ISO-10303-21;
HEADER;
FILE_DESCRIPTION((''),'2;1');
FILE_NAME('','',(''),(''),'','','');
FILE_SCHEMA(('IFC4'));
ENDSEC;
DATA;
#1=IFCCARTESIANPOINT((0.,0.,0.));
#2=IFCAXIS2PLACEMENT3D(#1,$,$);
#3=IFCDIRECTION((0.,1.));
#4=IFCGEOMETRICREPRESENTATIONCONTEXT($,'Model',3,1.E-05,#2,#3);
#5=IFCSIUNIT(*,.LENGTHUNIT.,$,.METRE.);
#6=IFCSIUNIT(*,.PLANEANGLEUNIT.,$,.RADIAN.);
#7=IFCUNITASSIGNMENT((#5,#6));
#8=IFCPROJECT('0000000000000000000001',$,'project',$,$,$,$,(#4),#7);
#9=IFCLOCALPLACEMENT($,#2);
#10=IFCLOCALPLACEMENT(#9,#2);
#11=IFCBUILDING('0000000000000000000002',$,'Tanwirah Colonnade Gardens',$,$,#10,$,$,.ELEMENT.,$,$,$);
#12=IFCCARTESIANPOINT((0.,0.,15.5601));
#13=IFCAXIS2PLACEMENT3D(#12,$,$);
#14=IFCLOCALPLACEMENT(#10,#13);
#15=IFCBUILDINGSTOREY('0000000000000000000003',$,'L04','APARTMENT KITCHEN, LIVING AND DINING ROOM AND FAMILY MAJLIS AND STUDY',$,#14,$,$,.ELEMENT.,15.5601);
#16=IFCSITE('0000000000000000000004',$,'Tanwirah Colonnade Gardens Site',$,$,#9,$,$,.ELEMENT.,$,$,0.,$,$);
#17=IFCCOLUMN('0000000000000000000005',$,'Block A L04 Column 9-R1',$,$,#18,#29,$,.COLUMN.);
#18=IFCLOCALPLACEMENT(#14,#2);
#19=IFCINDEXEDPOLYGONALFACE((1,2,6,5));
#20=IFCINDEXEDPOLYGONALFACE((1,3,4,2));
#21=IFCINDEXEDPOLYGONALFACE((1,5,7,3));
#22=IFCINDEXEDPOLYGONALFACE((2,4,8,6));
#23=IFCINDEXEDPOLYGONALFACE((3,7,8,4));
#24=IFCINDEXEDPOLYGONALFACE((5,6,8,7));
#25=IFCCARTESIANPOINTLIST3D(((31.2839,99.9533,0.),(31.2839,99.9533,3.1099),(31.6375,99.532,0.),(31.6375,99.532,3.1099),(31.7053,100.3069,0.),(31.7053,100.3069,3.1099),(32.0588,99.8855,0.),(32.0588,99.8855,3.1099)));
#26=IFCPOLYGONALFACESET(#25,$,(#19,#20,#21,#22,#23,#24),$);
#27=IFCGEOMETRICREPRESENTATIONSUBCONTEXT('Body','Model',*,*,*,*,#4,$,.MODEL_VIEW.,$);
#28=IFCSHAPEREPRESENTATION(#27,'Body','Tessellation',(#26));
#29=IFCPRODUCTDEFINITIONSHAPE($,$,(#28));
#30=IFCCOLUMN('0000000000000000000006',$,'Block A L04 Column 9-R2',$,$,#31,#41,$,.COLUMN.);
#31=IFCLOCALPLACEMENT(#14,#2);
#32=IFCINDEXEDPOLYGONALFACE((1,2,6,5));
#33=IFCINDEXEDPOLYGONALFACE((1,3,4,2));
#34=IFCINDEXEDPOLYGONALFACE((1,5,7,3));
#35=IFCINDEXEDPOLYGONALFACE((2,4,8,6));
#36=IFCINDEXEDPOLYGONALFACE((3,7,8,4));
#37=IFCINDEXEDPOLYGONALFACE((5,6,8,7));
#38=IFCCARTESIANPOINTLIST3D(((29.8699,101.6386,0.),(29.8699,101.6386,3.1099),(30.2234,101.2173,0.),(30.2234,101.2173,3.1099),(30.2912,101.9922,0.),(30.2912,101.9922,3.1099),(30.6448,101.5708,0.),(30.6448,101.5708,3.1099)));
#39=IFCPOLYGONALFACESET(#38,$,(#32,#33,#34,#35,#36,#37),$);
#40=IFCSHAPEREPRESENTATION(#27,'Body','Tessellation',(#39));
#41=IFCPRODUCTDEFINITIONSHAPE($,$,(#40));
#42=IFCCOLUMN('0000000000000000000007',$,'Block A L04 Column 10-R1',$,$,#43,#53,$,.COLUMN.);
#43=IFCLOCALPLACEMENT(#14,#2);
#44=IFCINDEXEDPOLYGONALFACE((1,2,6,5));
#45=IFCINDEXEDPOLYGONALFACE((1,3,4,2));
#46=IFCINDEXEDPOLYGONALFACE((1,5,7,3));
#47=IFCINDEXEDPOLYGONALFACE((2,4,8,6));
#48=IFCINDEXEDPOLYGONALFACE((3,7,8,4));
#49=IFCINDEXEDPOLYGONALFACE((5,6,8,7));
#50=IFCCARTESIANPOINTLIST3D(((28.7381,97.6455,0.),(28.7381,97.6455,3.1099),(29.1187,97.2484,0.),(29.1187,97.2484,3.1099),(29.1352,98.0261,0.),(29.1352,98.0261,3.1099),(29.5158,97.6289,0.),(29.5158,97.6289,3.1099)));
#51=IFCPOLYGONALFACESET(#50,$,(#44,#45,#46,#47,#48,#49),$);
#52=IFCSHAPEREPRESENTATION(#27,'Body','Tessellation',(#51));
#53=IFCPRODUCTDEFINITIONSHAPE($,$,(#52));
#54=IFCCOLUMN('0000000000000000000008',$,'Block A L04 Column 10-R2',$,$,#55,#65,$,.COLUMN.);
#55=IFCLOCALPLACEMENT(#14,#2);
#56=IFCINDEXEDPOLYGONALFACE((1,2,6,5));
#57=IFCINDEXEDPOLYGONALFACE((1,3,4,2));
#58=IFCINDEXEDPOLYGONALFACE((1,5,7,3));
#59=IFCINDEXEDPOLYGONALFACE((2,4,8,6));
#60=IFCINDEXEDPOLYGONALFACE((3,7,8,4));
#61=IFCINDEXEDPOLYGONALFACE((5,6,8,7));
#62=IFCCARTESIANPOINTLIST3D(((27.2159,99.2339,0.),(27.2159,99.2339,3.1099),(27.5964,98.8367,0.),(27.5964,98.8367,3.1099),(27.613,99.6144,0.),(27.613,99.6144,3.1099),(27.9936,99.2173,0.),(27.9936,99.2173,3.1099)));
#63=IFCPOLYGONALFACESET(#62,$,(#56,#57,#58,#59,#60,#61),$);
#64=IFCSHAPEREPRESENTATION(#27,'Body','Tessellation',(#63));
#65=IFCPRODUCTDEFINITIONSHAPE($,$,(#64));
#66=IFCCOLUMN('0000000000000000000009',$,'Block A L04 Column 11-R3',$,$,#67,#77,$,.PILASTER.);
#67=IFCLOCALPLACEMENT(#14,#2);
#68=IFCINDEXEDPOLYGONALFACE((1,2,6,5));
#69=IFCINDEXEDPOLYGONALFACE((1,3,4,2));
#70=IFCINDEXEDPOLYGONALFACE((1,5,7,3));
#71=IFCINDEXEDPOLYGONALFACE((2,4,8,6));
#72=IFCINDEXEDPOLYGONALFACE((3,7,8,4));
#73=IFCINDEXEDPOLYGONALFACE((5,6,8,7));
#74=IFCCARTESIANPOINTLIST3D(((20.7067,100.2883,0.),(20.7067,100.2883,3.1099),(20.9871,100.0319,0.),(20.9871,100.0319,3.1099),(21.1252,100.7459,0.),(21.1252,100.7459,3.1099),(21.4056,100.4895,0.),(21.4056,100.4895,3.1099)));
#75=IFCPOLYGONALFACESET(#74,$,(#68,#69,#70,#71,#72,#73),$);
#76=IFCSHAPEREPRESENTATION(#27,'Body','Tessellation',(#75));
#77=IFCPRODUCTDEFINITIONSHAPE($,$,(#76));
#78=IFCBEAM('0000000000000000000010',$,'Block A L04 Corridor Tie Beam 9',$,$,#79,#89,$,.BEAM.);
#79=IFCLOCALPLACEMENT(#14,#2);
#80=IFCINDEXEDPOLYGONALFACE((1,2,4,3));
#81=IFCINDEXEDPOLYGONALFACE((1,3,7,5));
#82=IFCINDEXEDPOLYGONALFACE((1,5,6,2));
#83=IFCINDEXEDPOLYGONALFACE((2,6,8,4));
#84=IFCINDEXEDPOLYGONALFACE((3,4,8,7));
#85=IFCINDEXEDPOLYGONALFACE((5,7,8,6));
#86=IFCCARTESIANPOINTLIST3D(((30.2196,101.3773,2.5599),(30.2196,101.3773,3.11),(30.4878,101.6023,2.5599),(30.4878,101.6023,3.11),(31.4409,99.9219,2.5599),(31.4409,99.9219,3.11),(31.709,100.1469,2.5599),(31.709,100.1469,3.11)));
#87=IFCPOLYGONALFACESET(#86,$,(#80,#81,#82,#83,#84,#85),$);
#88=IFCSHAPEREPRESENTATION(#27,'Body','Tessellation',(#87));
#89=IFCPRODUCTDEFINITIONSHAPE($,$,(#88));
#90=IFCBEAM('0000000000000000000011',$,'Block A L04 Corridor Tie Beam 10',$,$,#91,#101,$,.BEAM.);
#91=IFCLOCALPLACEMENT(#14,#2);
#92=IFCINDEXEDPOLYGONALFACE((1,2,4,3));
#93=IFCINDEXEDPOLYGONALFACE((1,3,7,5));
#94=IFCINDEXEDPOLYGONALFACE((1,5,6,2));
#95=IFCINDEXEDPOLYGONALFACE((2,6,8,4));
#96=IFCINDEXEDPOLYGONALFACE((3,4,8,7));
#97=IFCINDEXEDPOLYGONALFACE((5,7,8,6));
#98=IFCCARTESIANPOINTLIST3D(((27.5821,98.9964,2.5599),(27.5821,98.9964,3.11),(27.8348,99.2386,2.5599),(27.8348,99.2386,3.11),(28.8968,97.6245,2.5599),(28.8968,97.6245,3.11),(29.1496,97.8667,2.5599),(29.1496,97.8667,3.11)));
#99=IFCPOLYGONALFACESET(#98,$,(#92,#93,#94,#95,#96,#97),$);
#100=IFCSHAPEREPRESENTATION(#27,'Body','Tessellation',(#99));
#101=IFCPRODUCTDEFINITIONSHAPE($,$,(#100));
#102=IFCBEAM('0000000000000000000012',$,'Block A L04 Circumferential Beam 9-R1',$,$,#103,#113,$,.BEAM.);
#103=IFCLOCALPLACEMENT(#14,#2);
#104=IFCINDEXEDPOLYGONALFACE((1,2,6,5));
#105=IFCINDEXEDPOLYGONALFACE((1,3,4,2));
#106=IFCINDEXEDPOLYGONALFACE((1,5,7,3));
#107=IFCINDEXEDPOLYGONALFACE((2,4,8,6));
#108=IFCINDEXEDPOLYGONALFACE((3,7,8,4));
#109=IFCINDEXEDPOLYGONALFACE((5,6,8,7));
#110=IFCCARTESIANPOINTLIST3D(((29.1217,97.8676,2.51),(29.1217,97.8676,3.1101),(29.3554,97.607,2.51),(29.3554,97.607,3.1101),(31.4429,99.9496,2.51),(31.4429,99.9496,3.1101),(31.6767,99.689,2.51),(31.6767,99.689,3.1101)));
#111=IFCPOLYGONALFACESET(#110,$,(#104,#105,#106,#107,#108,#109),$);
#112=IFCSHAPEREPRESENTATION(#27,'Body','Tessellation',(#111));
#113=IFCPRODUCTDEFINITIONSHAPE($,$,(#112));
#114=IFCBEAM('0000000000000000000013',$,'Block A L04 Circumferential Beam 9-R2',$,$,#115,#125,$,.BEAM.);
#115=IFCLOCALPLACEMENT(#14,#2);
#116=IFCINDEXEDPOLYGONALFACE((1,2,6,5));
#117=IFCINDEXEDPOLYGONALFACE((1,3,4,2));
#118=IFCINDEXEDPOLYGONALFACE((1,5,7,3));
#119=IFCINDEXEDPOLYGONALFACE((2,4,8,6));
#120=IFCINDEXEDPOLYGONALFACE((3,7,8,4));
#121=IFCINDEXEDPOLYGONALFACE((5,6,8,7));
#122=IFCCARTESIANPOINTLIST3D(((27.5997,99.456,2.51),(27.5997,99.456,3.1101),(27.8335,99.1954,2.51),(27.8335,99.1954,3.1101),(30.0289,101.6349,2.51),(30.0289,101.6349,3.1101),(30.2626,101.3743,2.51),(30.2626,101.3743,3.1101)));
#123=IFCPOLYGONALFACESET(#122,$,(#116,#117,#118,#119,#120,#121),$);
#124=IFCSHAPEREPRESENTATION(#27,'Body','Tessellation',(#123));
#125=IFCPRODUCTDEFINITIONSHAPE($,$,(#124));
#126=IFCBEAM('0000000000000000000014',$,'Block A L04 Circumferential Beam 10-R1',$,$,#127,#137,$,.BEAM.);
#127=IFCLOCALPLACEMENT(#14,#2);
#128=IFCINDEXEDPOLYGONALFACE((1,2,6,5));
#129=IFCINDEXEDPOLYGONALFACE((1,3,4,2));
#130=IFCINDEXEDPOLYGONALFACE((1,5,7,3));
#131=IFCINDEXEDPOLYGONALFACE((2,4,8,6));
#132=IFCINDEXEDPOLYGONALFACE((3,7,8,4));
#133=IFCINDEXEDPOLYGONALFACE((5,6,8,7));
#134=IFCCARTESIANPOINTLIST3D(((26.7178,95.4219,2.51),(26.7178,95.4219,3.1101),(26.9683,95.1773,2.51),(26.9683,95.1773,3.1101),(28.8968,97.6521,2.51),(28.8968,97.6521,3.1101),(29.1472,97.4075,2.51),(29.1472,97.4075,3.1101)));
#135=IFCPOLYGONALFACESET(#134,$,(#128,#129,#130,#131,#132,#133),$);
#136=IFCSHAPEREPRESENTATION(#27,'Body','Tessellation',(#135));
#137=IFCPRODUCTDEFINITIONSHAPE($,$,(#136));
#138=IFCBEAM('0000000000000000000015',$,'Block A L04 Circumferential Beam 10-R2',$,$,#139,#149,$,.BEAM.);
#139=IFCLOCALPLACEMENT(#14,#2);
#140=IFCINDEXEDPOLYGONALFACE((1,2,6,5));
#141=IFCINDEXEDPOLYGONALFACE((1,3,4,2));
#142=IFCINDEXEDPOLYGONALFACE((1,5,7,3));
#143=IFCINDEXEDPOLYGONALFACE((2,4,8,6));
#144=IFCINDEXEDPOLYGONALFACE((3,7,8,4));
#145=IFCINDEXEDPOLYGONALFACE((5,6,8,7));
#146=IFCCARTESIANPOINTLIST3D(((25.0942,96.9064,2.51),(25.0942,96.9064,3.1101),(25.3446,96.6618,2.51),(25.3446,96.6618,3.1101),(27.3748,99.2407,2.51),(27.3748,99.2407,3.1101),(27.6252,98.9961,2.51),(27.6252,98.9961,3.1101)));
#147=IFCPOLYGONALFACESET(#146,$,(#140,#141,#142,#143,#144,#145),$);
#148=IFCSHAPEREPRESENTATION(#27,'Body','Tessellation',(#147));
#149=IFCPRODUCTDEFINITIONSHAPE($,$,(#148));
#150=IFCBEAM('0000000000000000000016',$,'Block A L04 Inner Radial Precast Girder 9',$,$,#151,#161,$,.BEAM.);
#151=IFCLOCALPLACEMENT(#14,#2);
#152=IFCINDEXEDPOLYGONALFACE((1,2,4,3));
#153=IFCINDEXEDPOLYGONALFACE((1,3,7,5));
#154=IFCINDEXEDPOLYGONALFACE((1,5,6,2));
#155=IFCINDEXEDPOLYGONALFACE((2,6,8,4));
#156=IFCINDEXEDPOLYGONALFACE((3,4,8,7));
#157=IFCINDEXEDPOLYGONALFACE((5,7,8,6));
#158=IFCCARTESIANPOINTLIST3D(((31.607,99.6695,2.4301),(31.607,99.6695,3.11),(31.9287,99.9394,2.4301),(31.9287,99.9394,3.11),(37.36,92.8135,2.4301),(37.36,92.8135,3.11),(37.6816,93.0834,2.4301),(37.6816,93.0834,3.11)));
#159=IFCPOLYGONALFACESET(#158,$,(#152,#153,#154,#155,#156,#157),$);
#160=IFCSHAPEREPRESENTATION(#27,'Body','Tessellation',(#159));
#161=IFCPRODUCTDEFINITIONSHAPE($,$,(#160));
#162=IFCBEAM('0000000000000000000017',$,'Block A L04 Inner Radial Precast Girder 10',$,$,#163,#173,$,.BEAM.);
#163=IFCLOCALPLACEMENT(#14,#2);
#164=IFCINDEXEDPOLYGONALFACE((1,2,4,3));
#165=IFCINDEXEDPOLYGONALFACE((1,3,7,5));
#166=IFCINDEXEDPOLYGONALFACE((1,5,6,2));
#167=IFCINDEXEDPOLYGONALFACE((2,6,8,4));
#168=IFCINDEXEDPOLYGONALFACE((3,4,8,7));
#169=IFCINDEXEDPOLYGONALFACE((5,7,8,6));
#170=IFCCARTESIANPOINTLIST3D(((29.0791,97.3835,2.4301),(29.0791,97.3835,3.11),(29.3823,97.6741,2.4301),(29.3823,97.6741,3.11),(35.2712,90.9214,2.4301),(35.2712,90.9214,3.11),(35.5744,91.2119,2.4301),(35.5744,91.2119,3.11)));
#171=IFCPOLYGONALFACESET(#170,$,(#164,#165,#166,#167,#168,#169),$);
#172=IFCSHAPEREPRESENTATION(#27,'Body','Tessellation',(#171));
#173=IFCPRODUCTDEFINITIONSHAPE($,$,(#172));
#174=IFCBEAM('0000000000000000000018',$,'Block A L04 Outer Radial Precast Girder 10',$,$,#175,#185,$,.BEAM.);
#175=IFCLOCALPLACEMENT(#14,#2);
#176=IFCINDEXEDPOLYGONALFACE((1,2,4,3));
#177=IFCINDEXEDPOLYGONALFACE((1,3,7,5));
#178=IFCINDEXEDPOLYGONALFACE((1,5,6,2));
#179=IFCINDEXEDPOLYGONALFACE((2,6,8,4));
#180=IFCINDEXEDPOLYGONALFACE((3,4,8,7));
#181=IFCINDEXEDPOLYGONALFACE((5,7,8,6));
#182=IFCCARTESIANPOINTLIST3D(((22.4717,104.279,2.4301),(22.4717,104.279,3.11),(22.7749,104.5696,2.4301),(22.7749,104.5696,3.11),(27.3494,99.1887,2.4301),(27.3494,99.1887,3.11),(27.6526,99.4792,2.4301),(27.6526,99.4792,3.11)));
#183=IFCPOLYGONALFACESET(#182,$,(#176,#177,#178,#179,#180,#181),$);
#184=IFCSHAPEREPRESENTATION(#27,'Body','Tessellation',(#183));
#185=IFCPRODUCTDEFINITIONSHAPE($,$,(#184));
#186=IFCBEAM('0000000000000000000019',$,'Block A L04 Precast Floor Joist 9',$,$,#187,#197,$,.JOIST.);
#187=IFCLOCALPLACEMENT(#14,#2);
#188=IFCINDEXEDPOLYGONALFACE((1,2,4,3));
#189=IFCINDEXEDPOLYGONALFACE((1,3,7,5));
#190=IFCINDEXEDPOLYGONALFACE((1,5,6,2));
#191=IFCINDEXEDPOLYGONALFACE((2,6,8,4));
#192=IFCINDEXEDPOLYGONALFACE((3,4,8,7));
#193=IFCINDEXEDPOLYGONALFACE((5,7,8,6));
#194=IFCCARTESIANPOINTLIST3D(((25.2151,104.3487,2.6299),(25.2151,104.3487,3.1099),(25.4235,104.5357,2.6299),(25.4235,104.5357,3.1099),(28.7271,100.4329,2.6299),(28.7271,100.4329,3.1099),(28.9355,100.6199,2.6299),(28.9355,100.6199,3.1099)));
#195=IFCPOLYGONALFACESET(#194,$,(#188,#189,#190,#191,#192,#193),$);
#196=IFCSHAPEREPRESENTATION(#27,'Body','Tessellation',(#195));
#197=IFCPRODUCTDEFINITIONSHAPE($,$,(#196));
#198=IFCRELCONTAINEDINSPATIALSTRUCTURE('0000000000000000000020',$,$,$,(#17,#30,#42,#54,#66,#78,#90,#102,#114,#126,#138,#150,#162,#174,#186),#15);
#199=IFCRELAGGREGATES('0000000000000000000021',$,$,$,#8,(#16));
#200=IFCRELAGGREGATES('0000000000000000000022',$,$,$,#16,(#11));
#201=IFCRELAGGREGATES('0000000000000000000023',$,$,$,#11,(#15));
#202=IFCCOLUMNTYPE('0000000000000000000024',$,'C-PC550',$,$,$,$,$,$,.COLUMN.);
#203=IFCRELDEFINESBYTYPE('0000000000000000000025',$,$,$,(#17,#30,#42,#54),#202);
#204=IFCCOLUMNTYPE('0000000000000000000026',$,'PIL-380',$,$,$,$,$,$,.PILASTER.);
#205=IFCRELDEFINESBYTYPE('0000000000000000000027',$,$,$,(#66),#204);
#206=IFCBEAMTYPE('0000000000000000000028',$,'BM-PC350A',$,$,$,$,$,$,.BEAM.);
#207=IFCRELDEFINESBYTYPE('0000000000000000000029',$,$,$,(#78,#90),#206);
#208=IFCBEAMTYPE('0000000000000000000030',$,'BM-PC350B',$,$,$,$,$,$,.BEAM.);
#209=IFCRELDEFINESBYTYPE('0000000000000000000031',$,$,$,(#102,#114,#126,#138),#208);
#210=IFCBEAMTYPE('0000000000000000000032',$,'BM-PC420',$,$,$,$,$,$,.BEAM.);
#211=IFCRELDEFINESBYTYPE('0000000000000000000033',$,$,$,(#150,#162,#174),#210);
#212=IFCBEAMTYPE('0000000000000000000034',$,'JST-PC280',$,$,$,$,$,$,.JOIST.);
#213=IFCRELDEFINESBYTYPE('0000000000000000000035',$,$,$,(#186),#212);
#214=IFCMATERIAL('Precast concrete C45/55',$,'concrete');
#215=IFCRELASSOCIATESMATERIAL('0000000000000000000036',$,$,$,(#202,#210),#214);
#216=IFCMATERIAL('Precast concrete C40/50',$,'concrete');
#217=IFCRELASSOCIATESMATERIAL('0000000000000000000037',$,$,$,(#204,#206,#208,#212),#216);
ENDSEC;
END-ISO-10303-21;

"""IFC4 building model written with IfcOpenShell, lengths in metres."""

from ifc_helpers import new_model, si_unit, direction, frame, origin, origin_2d, place, context, subcontext, project, spatial, rectangle, extrude, material, material_profile, profile_set, type_object, element, save


model = new_model("IFC4")

# Units and contexts
model_context = context("Model", 3, precision=1e-05, world=origin(), true_north=direction((0.0, 1.0)))
body_context = subcontext(model_context, "Body", "Model", "MODEL_VIEW")
ifc_project = project(units=[si_unit("LENGTHUNIT", "METRE"), si_unit("PLANEANGLEUNIT", "RADIAN")], contexts=[model_context])

# Site, building, storey
site_placement = place(None, origin())
site = spatial("IfcSite", under=ifc_project, at=site_placement, Name="Tanwirah Colonnade Gardens Site", CompositionType="ELEMENT", RefElevation=0.0)
building_placement = place(site_placement, origin())
building = spatial("IfcBuilding", under=site, at=building_placement, Name="Tanwirah Colonnade Gardens", CompositionType="ELEMENT")
storey_placement = place(building_placement, frame((0.0, 0.0, 15.5601)))
storey = spatial("IfcBuildingStorey", under=building, at=storey_placement, Name="L04", Description="APARTMENT KITCHEN, LIVING AND DINING ROOM AND FAMILY MAJLIS AND STUDY", CompositionType="ELEMENT", Elevation=15.5601)

# Columns
ifc_material_1 = material(Name="Precast concrete C45/55", Category="concrete")
ifc_material_profile_1 = material_profile(ifc_material_1, rectangle(XDim=0.55, YDim=0.55, at=origin_2d()), Name="PC-COL 550x550")
ifc_profile_set_1 = profile_set([ifc_material_profile_1], Name="Precast concrete C45/55")
column_type_1 = type_object("IfcColumnType", Name="C-PC550", PredefinedType="COLUMN", material=ifc_profile_set_1)
for number, where, z_axis, x_axis, name in (
    (1, (31.6714, 99.9194, 0.0), (0.0, 0.0, 1.0), (-0.642788, 0.766044, 0.0), "Block A L04 Column 9-R1"),
    (2, (30.2573, 101.6047, 0.0), (0.0, 0.0, 1.0), (-0.642788, 0.766044, 0.0), "Block A L04 Column 9-R2"),
    (3, (29.127, 97.6372, 0.0), (0.0, 0.0, 1.0), (-0.691863, 0.722029, 0.0), "Block A L04 Column 10-R1"),
    (4, (27.6047, 99.2256, 0.0), (0.0, 0.0, 1.0), (-0.691863, 0.722029, 0.0), "Block A L04 Column 10-R2"),
):
    element("IfcColumn", number, at=place(storey_placement, frame(where, z_axis=z_axis, x_axis=x_axis)), inside=storey, type_object=column_type_1, Name=name, PredefinedType="COLUMN", context=body_context, shape_type="SweptSolid", body=[
        extrude(rectangle(XDim=0.55, YDim=0.55, at=origin_2d()), origin(), (0.0, 0.0, 1.0), 3.1099),
    ])
ifc_material_2 = material(Name="Precast concrete C40/50", Category="concrete")
ifc_material_profile_2 = material_profile(ifc_material_2, rectangle(XDim=0.3799, YDim=0.6201, at=origin_2d()), Name="PC-PIL 380x620")
ifc_profile_set_2 = profile_set([ifc_material_profile_2], Name="Precast concrete C40/50")
column_type_2 = type_object("IfcColumnType", Name="PIL-380", PredefinedType="PILASTER", material=ifc_profile_set_2)
column_placement = place(storey_placement, frame((21.0562, 100.3889, 0.0), z_axis=(0.0, 0.0, 1.0), x_axis=(-0.737932, 0.674875, 0.0)))
element("IfcColumn", 5, at=column_placement, inside=storey, type_object=column_type_2, Name="Block A L04 Column 11-R3", PredefinedType="PILASTER", context=body_context, shape_type="SweptSolid", body=[
    extrude(rectangle(XDim=0.3799, YDim=0.6201, at=origin_2d()), origin(), (0.0, 0.0, 1.0), 3.1099),
])

# Beams
ifc_material_profile_3 = material_profile(ifc_material_2, rectangle(XDim=0.3501, YDim=0.55, at=origin_2d()), Name="PC-BM 350x550")
ifc_profile_set_3 = profile_set([ifc_material_profile_3], Name="Precast concrete C40/50")
beam_type_1 = type_object("IfcBeamType", Name="BM-PC350A", PredefinedType="BEAM", material=ifc_profile_set_3)
beam_1_placement = place(storey_placement, frame((31.575, 100.0344, 2.835), z_axis=(-0.642797, 0.766036, 0.0), x_axis=(-0.766036, -0.642797, 0.0)))
element("IfcBeam", 6, at=beam_1_placement, inside=storey, type_object=beam_type_1, Name="Block A L04 Corridor Tie Beam 9", PredefinedType="BEAM", context=body_context, shape_type="SweptSolid", body=[
    extrude(rectangle(XDim=0.3501, YDim=0.55, at=origin_2d()), origin(), (0.0, 0.0, 1.0), 1.8999),
])
beam_2_placement = place(storey_placement, frame((29.0232, 97.7456, 2.835), z_axis=(-0.691914, 0.72198, 0.0), x_axis=(-0.72198, -0.691914, 0.0)))
element("IfcBeam", 7, at=beam_2_placement, inside=storey, type_object=beam_type_1, Name="Block A L04 Corridor Tie Beam 10", PredefinedType="BEAM", context=body_context, shape_type="SweptSolid", body=[
    extrude(rectangle(XDim=0.3501, YDim=0.55, at=origin_2d()), origin(), (0.0, 0.0, 1.0), 1.9001),
])
ifc_material_profile_4 = material_profile(ifc_material_2, rectangle(XDim=0.3501, YDim=0.6001, at=origin_2d()), Name="PC-BM 350x600")
ifc_profile_set_4 = profile_set([ifc_material_profile_4], Name="Precast concrete C40/50")
beam_type_2 = type_object("IfcBeamType", Name="BM-PC350B", PredefinedType="BEAM", material=ifc_profile_set_4)
beam_3_placement = place(storey_placement, frame((31.5598, 99.8193, 2.8101), z_axis=(-0.74443, -0.667701, 0.0), x_axis=(0.667701, -0.74443, 0.0)))
element("IfcBeam", 8, at=beam_3_placement, inside=storey, type_object=beam_type_2, Name="Block A L04 Circumferential Beam 9-R1", PredefinedType="BEAM", context=body_context, shape_type="SweptSolid", body=[
    extrude(rectangle(XDim=0.3501, YDim=0.6001, at=origin_2d()), origin(), (0.0, 0.0, 1.0), 3.1182),
])
beam_4_placement = place(storey_placement, frame((30.1458, 101.5046, 2.8101), z_axis=(-0.744409, -0.667724, 0.0), x_axis=(0.667724, -0.744409, 0.0)))
element("IfcBeam", 9, at=beam_4_placement, inside=storey, type_object=beam_type_2, Name="Block A L04 Circumferential Beam 9-R2", PredefinedType="BEAM", context=body_context, shape_type="SweptSolid", body=[
    extrude(rectangle(XDim=0.3501, YDim=0.6001, at=origin_2d()), origin(), (0.0, 0.0, 1.0), 3.2632),
])
beam_5_placement = place(storey_placement, frame((29.022, 97.5298, 2.8101), z_axis=(-0.698837, -0.715281, 0.0), x_axis=(0.715281, -0.698837, 0.0)))
element("IfcBeam", 10, at=beam_5_placement, inside=storey, type_object=beam_type_2, Name="Block A L04 Circumferential Beam 10-R1", PredefinedType="BEAM", context=body_context, shape_type="SweptSolid", body=[
    extrude(rectangle(XDim=0.3501, YDim=0.6001, at=origin_2d()), origin(), (0.0, 0.0, 1.0), 3.1179),
])
beam_6_placement = place(storey_placement, frame((27.5, 99.1184, 2.8101), z_axis=(-0.698829, -0.715288, 0.0), x_axis=(0.715288, -0.698829, 0.0)))
element("IfcBeam", 11, at=beam_6_placement, inside=storey, type_object=beam_type_2, Name="Block A L04 Circumferential Beam 10-R2", PredefinedType="BEAM", context=body_context, shape_type="SweptSolid", body=[
    extrude(rectangle(XDim=0.3501, YDim=0.6001, at=origin_2d()), origin(), (0.0, 0.0, 1.0), 3.2634),
])
ifc_material_profile_5 = material_profile(ifc_material_1, rectangle(XDim=0.4199, YDim=0.6799, at=origin_2d()), Name="PC-BM 420x680")
ifc_profile_set_5 = profile_set([ifc_material_profile_5], Name="Precast concrete C45/55")
beam_type_3 = type_object("IfcBeamType", Name="BM-PC420", PredefinedType="BEAM", material=ifc_profile_set_5)
for number, where, z_axis, x_axis, name in (
    (12, (31.7678, 99.8044, 2.77), (0.642794, -0.766039, 0.0), (0.766039, 0.642794, 0.0), "Block A L04 Inner Radial Precast Girder 9"),
    (13, (29.2307, 97.5288, 2.77), (0.691861, -0.722031, 0.0), (0.722031, 0.691861, 0.0), "Block A L04 Inner Radial Precast Girder 10"),
):
    element("IfcBeam", number, at=place(storey_placement, frame(where, z_axis=z_axis, x_axis=x_axis)), inside=storey, type_object=beam_type_3, Name=name, PredefinedType="BEAM", context=body_context, shape_type="SweptSolid", body=[
        extrude(rectangle(XDim=0.4199, YDim=0.6799, at=origin_2d()), origin(), (0.0, 0.0, 1.0), 8.95),
    ])
beam_7_placement = place(storey_placement, frame((27.501, 99.334, 2.77), z_axis=(-0.691865, 0.722027, 0.0), x_axis=(-0.722027, -0.691865, 0.0)))
element("IfcBeam", 14, at=beam_7_placement, inside=storey, type_object=beam_type_3, Name="Block A L04 Outer Radial Precast Girder 10", PredefinedType="BEAM", context=body_context, shape_type="SweptSolid", body=[
    extrude(rectangle(XDim=0.4199, YDim=0.6799, at=origin_2d()), origin(), (0.0, 0.0, 1.0), 7.05),
])
ifc_material_profile_6 = material_profile(ifc_material_2, rectangle(XDim=0.28, YDim=0.48, at=origin_2d()), Name="PC-JST 280x480")
ifc_profile_set_6 = profile_set([ifc_material_profile_6], Name="Precast concrete C40/50")
beam_type_4 = type_object("IfcBeamType", Name="JST-PC280", PredefinedType="JOIST", material=ifc_profile_set_6)
for number, where, z_axis, x_axis, name in (
    (15, (28.8313, 100.5264, 2.8699), (-0.667679, 0.744449, 0.0), (-0.744449, -0.667679, 0.0), "Block A L04 Precast Floor Joist 9"),
):
    element("IfcBeam", number, at=place(storey_placement, frame(where, z_axis=z_axis, x_axis=x_axis)), inside=storey, type_object=beam_type_4, Name=name, PredefinedType="JOIST", context=body_context, shape_type="SweptSolid", body=[
        extrude(rectangle(XDim=0.28, YDim=0.48, at=origin_2d()), origin(), (0.0, 0.0, 1.0), 5.26),
    ])

save(model, "model.ifc")
